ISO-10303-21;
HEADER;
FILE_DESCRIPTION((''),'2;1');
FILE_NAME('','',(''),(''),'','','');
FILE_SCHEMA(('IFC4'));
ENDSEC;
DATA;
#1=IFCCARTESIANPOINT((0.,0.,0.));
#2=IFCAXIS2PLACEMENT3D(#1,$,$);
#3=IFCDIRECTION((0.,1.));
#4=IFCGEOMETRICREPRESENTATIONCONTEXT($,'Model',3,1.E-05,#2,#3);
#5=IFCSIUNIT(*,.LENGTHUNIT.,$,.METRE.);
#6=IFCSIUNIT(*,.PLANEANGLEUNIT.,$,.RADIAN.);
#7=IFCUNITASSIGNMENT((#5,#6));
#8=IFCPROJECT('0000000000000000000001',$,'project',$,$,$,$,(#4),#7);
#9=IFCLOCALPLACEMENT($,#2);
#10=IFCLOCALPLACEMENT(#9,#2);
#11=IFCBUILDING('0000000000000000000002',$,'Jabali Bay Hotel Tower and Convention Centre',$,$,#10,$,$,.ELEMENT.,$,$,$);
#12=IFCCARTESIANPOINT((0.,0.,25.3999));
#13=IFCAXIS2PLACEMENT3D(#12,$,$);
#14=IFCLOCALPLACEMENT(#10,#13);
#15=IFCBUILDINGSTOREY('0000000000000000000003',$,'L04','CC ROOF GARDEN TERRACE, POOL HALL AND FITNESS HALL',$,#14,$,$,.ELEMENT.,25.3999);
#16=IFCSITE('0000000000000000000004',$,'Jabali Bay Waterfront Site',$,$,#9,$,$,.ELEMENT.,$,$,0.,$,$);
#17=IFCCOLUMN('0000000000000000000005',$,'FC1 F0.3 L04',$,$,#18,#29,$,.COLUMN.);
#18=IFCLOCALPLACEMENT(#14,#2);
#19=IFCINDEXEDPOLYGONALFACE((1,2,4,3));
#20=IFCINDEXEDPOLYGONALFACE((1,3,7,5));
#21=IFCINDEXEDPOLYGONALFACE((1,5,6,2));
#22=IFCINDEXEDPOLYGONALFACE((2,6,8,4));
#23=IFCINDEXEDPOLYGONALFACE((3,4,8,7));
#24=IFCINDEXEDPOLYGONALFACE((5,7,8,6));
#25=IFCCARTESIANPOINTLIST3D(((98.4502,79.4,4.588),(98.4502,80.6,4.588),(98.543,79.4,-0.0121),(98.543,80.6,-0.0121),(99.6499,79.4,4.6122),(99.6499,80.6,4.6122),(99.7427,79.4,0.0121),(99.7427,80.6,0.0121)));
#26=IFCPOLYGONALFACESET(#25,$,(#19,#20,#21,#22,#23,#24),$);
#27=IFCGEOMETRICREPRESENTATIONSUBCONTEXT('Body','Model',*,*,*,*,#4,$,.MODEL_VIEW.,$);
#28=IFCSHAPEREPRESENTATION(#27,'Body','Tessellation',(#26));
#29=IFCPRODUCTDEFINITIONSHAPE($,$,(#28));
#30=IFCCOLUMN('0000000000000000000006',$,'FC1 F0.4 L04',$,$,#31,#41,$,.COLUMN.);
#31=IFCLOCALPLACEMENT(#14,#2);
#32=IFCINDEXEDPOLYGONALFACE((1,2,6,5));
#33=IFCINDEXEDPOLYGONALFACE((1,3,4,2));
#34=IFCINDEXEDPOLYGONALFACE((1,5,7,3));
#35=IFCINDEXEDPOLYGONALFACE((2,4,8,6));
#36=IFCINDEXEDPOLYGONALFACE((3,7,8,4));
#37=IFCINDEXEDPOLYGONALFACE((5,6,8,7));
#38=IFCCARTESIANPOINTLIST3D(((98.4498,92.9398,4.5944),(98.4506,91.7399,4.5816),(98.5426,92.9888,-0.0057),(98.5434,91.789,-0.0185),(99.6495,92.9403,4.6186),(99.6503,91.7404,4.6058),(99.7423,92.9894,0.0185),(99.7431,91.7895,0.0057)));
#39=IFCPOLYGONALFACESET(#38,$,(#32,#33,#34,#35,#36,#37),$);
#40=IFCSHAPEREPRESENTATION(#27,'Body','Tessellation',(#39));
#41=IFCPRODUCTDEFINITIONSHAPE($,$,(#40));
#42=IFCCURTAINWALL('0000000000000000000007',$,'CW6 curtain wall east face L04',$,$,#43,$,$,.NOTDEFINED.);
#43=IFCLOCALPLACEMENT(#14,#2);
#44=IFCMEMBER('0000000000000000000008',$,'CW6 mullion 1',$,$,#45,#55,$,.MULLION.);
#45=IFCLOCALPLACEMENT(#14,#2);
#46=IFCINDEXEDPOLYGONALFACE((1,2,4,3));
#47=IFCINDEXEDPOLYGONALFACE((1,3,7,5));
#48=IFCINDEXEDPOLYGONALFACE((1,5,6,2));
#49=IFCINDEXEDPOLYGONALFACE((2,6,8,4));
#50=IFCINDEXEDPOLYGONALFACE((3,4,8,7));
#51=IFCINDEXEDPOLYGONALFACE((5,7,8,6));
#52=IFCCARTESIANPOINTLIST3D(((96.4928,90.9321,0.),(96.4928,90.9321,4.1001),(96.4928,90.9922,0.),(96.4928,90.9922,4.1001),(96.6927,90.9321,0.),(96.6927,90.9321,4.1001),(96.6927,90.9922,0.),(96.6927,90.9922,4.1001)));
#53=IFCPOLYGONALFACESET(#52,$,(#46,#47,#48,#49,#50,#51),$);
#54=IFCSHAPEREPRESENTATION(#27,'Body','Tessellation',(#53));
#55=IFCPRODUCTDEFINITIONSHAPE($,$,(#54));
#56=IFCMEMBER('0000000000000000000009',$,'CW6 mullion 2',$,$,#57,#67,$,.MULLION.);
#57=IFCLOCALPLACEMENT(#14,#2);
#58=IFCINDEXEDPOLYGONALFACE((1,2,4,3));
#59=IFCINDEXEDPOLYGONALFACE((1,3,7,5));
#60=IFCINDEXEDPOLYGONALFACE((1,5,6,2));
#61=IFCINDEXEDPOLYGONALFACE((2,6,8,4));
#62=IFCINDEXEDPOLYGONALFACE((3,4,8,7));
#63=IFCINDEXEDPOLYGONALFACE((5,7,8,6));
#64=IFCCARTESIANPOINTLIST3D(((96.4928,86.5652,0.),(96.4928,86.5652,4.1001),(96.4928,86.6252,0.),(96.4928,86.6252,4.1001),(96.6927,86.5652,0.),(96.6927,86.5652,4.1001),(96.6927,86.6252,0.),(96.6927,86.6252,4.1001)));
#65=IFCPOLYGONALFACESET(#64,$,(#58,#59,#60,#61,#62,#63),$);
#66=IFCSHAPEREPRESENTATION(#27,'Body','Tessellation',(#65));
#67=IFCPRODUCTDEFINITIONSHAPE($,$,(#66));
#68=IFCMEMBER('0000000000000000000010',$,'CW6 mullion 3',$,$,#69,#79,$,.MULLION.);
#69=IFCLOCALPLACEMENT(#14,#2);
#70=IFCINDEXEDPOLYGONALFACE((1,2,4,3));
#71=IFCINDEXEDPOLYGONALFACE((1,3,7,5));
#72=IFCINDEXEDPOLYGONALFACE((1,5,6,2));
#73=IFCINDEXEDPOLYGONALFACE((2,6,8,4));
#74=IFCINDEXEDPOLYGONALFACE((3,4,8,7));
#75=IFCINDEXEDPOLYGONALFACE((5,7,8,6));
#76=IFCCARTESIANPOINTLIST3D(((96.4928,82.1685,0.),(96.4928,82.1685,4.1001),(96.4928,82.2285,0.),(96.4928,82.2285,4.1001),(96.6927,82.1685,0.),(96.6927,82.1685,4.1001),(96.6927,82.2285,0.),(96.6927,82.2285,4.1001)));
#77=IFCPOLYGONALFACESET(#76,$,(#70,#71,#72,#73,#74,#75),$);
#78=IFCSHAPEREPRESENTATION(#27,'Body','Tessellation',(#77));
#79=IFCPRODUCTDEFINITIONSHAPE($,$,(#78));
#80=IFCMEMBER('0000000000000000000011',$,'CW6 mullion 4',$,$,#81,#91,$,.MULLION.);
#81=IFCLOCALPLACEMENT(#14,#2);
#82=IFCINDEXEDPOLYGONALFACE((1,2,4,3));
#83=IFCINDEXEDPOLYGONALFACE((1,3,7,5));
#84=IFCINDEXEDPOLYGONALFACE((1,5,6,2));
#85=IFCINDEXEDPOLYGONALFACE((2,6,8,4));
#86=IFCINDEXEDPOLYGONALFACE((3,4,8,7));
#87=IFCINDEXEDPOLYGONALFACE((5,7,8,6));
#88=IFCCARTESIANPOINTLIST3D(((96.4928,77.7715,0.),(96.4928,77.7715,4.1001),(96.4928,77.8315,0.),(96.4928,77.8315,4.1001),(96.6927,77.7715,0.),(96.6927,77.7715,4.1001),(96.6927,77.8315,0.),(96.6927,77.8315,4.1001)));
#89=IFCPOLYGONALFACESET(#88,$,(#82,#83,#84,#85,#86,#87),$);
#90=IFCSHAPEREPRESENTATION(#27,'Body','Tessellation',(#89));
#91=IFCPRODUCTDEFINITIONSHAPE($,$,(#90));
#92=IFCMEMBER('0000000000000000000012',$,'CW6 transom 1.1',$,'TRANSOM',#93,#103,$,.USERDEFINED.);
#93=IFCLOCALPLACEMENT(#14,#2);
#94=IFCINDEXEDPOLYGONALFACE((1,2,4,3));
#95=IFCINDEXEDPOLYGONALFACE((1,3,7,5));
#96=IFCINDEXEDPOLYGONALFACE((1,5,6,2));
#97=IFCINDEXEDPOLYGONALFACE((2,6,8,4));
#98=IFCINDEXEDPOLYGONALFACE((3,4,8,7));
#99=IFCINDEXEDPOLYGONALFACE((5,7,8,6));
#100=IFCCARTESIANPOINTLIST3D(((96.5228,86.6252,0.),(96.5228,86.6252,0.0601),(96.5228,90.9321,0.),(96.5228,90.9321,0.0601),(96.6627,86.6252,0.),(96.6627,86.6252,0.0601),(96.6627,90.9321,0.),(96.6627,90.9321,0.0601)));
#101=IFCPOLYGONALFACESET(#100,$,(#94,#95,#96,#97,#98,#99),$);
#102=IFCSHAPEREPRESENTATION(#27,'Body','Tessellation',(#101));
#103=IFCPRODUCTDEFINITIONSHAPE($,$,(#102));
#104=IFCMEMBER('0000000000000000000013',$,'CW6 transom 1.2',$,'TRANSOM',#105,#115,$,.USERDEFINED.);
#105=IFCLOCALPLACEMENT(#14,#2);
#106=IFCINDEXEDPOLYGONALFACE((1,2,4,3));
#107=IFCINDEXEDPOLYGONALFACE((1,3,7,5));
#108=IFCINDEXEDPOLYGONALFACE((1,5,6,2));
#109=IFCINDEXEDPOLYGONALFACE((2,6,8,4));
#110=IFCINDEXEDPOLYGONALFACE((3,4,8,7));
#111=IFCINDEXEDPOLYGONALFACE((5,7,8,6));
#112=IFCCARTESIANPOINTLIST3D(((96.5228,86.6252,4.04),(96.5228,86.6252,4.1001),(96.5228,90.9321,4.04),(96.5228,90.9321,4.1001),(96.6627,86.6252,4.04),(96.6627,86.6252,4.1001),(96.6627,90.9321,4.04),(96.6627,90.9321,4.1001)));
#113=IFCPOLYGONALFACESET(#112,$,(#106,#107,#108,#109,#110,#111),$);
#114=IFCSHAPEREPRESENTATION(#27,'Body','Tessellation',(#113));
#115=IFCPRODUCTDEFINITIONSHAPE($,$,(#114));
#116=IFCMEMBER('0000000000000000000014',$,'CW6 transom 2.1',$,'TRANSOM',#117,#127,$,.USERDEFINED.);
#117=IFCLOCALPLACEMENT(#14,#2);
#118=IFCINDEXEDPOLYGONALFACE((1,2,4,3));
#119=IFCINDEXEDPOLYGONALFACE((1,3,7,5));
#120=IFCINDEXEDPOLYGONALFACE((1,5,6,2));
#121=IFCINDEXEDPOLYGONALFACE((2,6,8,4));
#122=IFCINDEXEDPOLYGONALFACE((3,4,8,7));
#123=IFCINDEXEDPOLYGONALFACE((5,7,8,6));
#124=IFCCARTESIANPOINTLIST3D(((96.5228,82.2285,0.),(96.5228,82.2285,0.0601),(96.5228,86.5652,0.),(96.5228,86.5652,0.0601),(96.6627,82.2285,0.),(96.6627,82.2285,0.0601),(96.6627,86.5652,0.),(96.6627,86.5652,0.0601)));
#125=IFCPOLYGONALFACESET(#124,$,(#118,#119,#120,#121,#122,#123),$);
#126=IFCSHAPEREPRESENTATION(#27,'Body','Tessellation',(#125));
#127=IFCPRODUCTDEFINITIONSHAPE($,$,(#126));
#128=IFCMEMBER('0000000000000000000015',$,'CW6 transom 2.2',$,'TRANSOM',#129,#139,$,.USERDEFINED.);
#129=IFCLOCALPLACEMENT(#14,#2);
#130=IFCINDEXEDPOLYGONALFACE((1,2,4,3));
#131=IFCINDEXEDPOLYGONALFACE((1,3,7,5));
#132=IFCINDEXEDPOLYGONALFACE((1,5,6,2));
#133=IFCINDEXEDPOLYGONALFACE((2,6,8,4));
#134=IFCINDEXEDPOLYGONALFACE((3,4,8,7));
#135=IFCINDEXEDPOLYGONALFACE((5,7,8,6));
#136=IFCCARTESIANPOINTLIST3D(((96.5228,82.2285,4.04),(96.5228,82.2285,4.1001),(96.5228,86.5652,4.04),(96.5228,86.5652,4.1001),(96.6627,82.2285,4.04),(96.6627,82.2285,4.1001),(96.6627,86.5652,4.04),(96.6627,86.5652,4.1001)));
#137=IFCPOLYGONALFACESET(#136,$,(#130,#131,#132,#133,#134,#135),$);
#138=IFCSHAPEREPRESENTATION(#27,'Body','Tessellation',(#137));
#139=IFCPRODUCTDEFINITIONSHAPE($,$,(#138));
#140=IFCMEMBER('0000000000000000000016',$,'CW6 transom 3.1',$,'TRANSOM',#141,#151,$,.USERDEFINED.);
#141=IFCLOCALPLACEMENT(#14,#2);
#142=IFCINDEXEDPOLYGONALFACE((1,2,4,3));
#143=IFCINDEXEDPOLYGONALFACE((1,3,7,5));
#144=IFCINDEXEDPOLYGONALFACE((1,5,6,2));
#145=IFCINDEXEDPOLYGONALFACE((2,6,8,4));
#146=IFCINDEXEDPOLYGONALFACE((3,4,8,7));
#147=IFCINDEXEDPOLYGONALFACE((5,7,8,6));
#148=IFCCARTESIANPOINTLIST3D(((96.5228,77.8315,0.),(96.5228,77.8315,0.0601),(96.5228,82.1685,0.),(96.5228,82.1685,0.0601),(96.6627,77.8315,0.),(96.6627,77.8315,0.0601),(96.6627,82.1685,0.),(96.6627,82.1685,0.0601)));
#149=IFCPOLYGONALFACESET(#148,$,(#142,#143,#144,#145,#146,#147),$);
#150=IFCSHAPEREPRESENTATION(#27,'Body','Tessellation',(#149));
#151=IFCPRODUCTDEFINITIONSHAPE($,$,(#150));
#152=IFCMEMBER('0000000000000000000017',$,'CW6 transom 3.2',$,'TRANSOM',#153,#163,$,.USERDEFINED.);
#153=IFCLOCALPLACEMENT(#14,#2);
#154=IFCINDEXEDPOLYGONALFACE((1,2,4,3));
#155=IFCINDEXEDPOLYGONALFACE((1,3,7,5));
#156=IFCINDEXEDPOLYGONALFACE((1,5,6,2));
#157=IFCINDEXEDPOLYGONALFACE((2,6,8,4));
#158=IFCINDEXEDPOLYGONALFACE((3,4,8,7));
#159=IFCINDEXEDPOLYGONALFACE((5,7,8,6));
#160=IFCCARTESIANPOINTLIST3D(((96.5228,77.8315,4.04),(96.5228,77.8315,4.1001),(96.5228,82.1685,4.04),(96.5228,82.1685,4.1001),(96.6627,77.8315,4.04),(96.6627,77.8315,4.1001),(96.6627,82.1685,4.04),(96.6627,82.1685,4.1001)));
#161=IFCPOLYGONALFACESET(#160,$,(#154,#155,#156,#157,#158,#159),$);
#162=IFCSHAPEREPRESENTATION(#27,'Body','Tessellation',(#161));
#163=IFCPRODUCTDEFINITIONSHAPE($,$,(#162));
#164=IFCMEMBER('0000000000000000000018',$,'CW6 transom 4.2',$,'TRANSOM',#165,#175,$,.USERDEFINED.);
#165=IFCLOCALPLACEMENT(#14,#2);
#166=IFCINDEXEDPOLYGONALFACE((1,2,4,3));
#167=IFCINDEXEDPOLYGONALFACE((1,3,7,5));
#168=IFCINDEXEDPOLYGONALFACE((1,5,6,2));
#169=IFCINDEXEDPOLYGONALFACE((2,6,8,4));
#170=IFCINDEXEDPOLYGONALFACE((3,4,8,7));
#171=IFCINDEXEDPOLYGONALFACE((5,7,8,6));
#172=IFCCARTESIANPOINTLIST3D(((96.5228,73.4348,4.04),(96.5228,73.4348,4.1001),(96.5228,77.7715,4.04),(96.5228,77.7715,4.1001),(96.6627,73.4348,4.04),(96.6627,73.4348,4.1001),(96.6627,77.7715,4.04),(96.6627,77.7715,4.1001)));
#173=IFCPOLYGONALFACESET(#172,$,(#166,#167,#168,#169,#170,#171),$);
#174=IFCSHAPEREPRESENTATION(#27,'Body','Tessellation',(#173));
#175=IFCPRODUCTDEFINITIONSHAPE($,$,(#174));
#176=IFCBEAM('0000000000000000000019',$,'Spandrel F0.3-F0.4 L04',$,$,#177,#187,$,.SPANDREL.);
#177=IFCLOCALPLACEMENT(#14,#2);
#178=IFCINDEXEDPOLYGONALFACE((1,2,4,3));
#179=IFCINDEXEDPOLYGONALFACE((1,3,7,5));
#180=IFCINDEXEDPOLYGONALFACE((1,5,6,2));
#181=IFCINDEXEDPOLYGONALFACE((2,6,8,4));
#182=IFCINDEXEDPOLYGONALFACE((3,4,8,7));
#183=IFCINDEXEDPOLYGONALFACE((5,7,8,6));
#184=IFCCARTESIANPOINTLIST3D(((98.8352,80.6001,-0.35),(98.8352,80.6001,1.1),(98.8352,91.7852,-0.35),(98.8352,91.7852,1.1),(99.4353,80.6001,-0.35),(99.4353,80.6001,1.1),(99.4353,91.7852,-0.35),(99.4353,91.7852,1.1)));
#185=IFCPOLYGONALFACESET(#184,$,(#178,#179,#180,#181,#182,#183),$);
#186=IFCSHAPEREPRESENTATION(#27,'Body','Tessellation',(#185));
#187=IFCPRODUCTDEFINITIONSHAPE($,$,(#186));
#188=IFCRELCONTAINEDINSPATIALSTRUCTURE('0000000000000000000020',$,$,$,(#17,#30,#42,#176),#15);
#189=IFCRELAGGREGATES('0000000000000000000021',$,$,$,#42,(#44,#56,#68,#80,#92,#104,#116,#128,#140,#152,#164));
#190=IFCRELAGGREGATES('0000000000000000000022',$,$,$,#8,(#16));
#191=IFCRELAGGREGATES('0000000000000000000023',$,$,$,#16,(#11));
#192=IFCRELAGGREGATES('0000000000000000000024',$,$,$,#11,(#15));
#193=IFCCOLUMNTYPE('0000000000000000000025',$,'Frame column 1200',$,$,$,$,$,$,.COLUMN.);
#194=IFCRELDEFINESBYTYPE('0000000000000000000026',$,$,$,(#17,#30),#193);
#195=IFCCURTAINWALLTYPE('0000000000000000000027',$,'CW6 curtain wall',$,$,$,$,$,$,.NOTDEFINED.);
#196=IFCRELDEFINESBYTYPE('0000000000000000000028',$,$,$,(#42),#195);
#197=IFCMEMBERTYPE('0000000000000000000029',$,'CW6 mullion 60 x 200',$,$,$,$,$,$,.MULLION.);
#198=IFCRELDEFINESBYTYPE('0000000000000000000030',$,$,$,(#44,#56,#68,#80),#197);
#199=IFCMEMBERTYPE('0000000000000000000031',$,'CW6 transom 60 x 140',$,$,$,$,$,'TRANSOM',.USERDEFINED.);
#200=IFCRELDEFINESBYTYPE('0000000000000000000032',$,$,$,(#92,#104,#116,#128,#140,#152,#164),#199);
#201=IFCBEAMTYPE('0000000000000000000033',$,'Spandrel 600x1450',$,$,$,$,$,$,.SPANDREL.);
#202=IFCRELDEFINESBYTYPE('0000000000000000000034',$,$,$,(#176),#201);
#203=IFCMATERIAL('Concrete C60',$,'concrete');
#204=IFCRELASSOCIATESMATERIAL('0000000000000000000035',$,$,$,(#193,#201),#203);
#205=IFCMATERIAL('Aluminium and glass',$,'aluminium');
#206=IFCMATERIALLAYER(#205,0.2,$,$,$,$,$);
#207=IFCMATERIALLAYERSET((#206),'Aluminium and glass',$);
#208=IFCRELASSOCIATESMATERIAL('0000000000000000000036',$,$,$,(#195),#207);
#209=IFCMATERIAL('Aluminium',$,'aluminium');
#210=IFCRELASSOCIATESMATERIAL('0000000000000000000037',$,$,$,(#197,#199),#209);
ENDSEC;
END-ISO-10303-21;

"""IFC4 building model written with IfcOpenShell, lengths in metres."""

from ifc_helpers import new_model, si_unit, direction, frame, origin, origin_2d, place, context, subcontext, project, spatial, rectangle, extrude, material, layer, layer_set, material_profile, profile_set, type_object, element, aggregate, save


model = new_model("IFC4")

# Units and contexts
model_context = context("Model", 3, precision=1e-05, world=origin(), true_north=direction((0.0, 1.0)))
body_context = subcontext(model_context, "Body", "Model", "MODEL_VIEW")
ifc_project = project(units=[si_unit("LENGTHUNIT", "METRE"), si_unit("PLANEANGLEUNIT", "RADIAN")], contexts=[model_context])

# Site, building, storey
site_placement = place(None, origin())
site = spatial("IfcSite", under=ifc_project, at=site_placement, Name="Jabali Bay Waterfront Site", CompositionType="ELEMENT", RefElevation=0.0)
building_placement = place(site_placement, origin())
building = spatial("IfcBuilding", under=site, at=building_placement, Name="Jabali Bay Hotel Tower and Convention Centre", CompositionType="ELEMENT")
storey_placement = place(building_placement, frame((0.0, 0.0, 25.3999)))
storey = spatial("IfcBuildingStorey", under=building, at=storey_placement, Name="L04", Description="CC ROOF GARDEN TERRACE, POOL HALL AND FITNESS HALL", CompositionType="ELEMENT", Elevation=25.3999)

# Columns
ifc_material_1 = material(Name="Concrete C60", Category="concrete")
ifc_material_profile_1 = material_profile(ifc_material_1, rectangle(XDim=1.2, YDim=1.2, at=origin_2d()), Name="Frame column 1200")
ifc_profile_set_1 = profile_set([ifc_material_profile_1], Name="Concrete C60")
column_type = type_object("IfcColumnType", Name="Frame column 1200", PredefinedType="COLUMN", material=ifc_profile_set_1)
column_1_placement = place(storey_placement, frame((99.1428, 80.0, 0.0), z_axis=(-0.020164, 0.0, 0.999797), x_axis=(0.0, -1.0, 0.0)))
element("IfcColumn", 1, at=column_1_placement, inside=storey, type_object=column_type, Name="FC1 F0.3 L04", PredefinedType="COLUMN", context=body_context, shape_type="SweptSolid", body=[
    extrude(rectangle(XDim=1.2, YDim=1.2, at=origin_2d()), origin(), (0.0, 0.0, 1.0), 4.6011),
])
column_2_placement = place(storey_placement, frame((99.1428, 92.3892, 0.0), z_axis=(-0.020162, -0.010665, 0.99974), x_axis=(0.999797, 0.000438, 0.020168)))
element("IfcColumn", 2, at=column_2_placement, inside=storey, type_object=column_type, Name="FC1 F0.4 L04", PredefinedType="COLUMN", context=body_context, shape_type="SweptSolid", body=[
    extrude(rectangle(XDim=1.2, YDim=1.2, at=origin_2d()), origin(), (0.0, 0.0, 1.0), 4.6013),
])

# Curtain wall, members
ifc_material_2 = material(Name="Aluminium and glass", Category="aluminium")
ifc_layer_1 = layer(ifc_material_2, 0.2)
ifc_layer_set_1 = layer_set([ifc_layer_1], Name="Aluminium and glass")
curtain_wall_type = type_object("IfcCurtainWallType", Name="CW6 curtain wall", PredefinedType="NOTDEFINED", material=ifc_layer_set_1)
curtain_wall_placement = place(storey_placement, origin())
curtain_wall = element("IfcCurtainWall", 3, at=curtain_wall_placement, inside=storey, type_object=curtain_wall_type, Name="CW6 curtain wall east face L04", PredefinedType="NOTDEFINED")
ifc_material_3 = material(Name="Aluminium", Category="aluminium")
ifc_material_profile_2 = material_profile(ifc_material_3, rectangle(XDim=0.2, YDim=0.0601, at=origin_2d()), Name="CW6 mullion 60 x 200")
ifc_profile_set_2 = profile_set([ifc_material_profile_2], Name="Aluminium")
member_type_1 = type_object("IfcMemberType", Name="CW6 mullion 60 x 200", PredefinedType="MULLION", material=ifc_profile_set_2)
member_1_placement = place(storey_placement, frame((96.5928, 90.9622, 0.0), z_axis=(0.0, 0.0, 1.0), x_axis=(1.0, 0.0, 0.0)))
member_1 = element("IfcMember", 4, at=member_1_placement, type_object=member_type_1, Name="CW6 mullion 1", PredefinedType="MULLION", context=body_context, shape_type="SweptSolid", body=[
    extrude(rectangle(XDim=0.2, YDim=0.0601, at=origin_2d()), origin(), (0.0, 0.0, 1.0), 4.1001),
])
member_2_placement = place(storey_placement, frame((96.5928, 86.5952, 0.0), z_axis=(0.0, 0.0, 1.0), x_axis=(1.0, 0.0, 0.0)))
member_2 = element("IfcMember", 5, at=member_2_placement, type_object=member_type_1, Name="CW6 mullion 2", PredefinedType="MULLION", context=body_context, shape_type="SweptSolid", body=[
    extrude(rectangle(XDim=0.2, YDim=0.0601, at=origin_2d()), origin(), (0.0, 0.0, 1.0), 4.1001),
])
member_3_placement = place(storey_placement, frame((96.5928, 82.1985, 0.0), z_axis=(0.0, 0.0, 1.0), x_axis=(1.0, 0.0, 0.0)))
member_3 = element("IfcMember", 6, at=member_3_placement, type_object=member_type_1, Name="CW6 mullion 3", PredefinedType="MULLION", context=body_context, shape_type="SweptSolid", body=[
    extrude(rectangle(XDim=0.2, YDim=0.0601, at=origin_2d()), origin(), (0.0, 0.0, 1.0), 4.1001),
])
member_4_placement = place(storey_placement, frame((96.5928, 77.8015, 0.0), z_axis=(0.0, 0.0, 1.0), x_axis=(1.0, 0.0, 0.0)))
member_4 = element("IfcMember", 7, at=member_4_placement, type_object=member_type_1, Name="CW6 mullion 4", PredefinedType="MULLION", context=body_context, shape_type="SweptSolid", body=[
    extrude(rectangle(XDim=0.2, YDim=0.0601, at=origin_2d()), origin(), (0.0, 0.0, 1.0), 4.1001),
])
ifc_material_profile_3 = material_profile(ifc_material_3, rectangle(XDim=0.1399, YDim=0.0601, at=origin_2d()), Name="CW6 transom 60 x 140")
ifc_profile_set_3 = profile_set([ifc_material_profile_3], Name="Aluminium")
member_type_2 = type_object("IfcMemberType", Name="CW6 transom 60 x 140", ElementType="TRANSOM", PredefinedType="USERDEFINED", material=ifc_profile_set_3)
member_5_placement = place(storey_placement, frame((96.5928, 90.9321, 0.03), z_axis=(0.0, -1.0, 0.0), x_axis=(1.0, 0.0, 0.0)))
member_5 = element("IfcMember", 8, at=member_5_placement, type_object=member_type_2, Name="CW6 transom 1.1", ObjectType="TRANSOM", PredefinedType="USERDEFINED", context=body_context, shape_type="SweptSolid", body=[
    extrude(rectangle(XDim=0.1399, YDim=0.0601, at=origin_2d()), origin(), (0.0, 0.0, 1.0), 4.3069),
])
member_6_placement = place(storey_placement, frame((96.5928, 90.9321, 4.0701), z_axis=(0.0, -1.0, 0.0), x_axis=(1.0, 0.0, 0.0)))
member_6 = element("IfcMember", 9, at=member_6_placement, type_object=member_type_2, Name="CW6 transom 1.2", ObjectType="TRANSOM", PredefinedType="USERDEFINED", context=body_context, shape_type="SweptSolid", body=[
    extrude(rectangle(XDim=0.1399, YDim=0.0601, at=origin_2d()), origin(), (0.0, 0.0, 1.0), 4.3069),
])
member_7_placement = place(storey_placement, frame((96.5928, 86.5652, 0.03), z_axis=(0.0, -1.0, 0.0), x_axis=(1.0, 0.0, 0.0)))
member_7 = element("IfcMember", 10, at=member_7_placement, type_object=member_type_2, Name="CW6 transom 2.1", ObjectType="TRANSOM", PredefinedType="USERDEFINED", context=body_context, shape_type="SweptSolid", body=[
    extrude(rectangle(XDim=0.1399, YDim=0.0601, at=origin_2d()), origin(), (0.0, 0.0, 1.0), 4.3367),
])
member_8_placement = place(storey_placement, frame((96.5928, 86.5652, 4.0701), z_axis=(0.0, -1.0, 0.0), x_axis=(1.0, 0.0, 0.0)))
member_8 = element("IfcMember", 11, at=member_8_placement, type_object=member_type_2, Name="CW6 transom 2.2", ObjectType="TRANSOM", PredefinedType="USERDEFINED", context=body_context, shape_type="SweptSolid", body=[
    extrude(rectangle(XDim=0.1399, YDim=0.0601, at=origin_2d()), origin(), (0.0, 0.0, 1.0), 4.3367),
])
member_9_placement = place(storey_placement, frame((96.5928, 82.1685, 0.03), z_axis=(0.0, -1.0, 0.0), x_axis=(1.0, 0.0, 0.0)))
member_9 = element("IfcMember", 12, at=member_9_placement, type_object=member_type_2, Name="CW6 transom 3.1", ObjectType="TRANSOM", PredefinedType="USERDEFINED", context=body_context, shape_type="SweptSolid", body=[
    extrude(rectangle(XDim=0.1399, YDim=0.0601, at=origin_2d()), origin(), (0.0, 0.0, 1.0), 4.3369),
])
member_10_placement = place(storey_placement, frame((96.5928, 82.1685, 4.0701), z_axis=(0.0, -1.0, 0.0), x_axis=(1.0, 0.0, 0.0)))
member_10 = element("IfcMember", 13, at=member_10_placement, type_object=member_type_2, Name="CW6 transom 3.2", ObjectType="TRANSOM", PredefinedType="USERDEFINED", context=body_context, shape_type="SweptSolid", body=[
    extrude(rectangle(XDim=0.1399, YDim=0.0601, at=origin_2d()), origin(), (0.0, 0.0, 1.0), 4.3369),
])
member_11_placement = place(storey_placement, frame((96.5928, 77.7715, 4.0701), z_axis=(0.0, -1.0, 0.0), x_axis=(1.0, 0.0, 0.0)))
member_11 = element("IfcMember", 14, at=member_11_placement, type_object=member_type_2, Name="CW6 transom 4.2", ObjectType="TRANSOM", PredefinedType="USERDEFINED", context=body_context, shape_type="SweptSolid", body=[
    extrude(rectangle(XDim=0.1399, YDim=0.0601, at=origin_2d()), origin(), (0.0, 0.0, 1.0), 4.3367),
])

# Beam
ifc_material_profile_4 = material_profile(ifc_material_1, rectangle(XDim=0.6001, YDim=1.45, at=origin_2d()), Name="Spandrel 600x1450")
ifc_profile_set_4 = profile_set([ifc_material_profile_4], Name="Concrete C60")
beam_type = type_object("IfcBeamType", Name="Spandrel 600x1450", PredefinedType="SPANDREL", material=ifc_profile_set_4)
for number, where, z_axis, x_axis, name in (
    (15, (99.1353, 80.6001, 0.375), (0.0, 1.0, 0.0), (-1.0, 0.0, 0.0), "Spandrel F0.3-F0.4 L04"),
):
    element("IfcBeam", number, at=place(storey_placement, frame(where, z_axis=z_axis, x_axis=x_axis)), inside=storey, type_object=beam_type, Name=name, PredefinedType="SPANDREL", context=body_context, shape_type="SweptSolid", body=[
        extrude(rectangle(XDim=0.6001, YDim=1.45, at=origin_2d()), origin(), (0.0, 0.0, 1.0), 11.1851),
    ])

aggregate(curtain_wall, [member_1, member_2, member_3, member_4, member_5, member_6, member_7, member_8, member_9, member_10, member_11])

save(model, "model.ifc")
